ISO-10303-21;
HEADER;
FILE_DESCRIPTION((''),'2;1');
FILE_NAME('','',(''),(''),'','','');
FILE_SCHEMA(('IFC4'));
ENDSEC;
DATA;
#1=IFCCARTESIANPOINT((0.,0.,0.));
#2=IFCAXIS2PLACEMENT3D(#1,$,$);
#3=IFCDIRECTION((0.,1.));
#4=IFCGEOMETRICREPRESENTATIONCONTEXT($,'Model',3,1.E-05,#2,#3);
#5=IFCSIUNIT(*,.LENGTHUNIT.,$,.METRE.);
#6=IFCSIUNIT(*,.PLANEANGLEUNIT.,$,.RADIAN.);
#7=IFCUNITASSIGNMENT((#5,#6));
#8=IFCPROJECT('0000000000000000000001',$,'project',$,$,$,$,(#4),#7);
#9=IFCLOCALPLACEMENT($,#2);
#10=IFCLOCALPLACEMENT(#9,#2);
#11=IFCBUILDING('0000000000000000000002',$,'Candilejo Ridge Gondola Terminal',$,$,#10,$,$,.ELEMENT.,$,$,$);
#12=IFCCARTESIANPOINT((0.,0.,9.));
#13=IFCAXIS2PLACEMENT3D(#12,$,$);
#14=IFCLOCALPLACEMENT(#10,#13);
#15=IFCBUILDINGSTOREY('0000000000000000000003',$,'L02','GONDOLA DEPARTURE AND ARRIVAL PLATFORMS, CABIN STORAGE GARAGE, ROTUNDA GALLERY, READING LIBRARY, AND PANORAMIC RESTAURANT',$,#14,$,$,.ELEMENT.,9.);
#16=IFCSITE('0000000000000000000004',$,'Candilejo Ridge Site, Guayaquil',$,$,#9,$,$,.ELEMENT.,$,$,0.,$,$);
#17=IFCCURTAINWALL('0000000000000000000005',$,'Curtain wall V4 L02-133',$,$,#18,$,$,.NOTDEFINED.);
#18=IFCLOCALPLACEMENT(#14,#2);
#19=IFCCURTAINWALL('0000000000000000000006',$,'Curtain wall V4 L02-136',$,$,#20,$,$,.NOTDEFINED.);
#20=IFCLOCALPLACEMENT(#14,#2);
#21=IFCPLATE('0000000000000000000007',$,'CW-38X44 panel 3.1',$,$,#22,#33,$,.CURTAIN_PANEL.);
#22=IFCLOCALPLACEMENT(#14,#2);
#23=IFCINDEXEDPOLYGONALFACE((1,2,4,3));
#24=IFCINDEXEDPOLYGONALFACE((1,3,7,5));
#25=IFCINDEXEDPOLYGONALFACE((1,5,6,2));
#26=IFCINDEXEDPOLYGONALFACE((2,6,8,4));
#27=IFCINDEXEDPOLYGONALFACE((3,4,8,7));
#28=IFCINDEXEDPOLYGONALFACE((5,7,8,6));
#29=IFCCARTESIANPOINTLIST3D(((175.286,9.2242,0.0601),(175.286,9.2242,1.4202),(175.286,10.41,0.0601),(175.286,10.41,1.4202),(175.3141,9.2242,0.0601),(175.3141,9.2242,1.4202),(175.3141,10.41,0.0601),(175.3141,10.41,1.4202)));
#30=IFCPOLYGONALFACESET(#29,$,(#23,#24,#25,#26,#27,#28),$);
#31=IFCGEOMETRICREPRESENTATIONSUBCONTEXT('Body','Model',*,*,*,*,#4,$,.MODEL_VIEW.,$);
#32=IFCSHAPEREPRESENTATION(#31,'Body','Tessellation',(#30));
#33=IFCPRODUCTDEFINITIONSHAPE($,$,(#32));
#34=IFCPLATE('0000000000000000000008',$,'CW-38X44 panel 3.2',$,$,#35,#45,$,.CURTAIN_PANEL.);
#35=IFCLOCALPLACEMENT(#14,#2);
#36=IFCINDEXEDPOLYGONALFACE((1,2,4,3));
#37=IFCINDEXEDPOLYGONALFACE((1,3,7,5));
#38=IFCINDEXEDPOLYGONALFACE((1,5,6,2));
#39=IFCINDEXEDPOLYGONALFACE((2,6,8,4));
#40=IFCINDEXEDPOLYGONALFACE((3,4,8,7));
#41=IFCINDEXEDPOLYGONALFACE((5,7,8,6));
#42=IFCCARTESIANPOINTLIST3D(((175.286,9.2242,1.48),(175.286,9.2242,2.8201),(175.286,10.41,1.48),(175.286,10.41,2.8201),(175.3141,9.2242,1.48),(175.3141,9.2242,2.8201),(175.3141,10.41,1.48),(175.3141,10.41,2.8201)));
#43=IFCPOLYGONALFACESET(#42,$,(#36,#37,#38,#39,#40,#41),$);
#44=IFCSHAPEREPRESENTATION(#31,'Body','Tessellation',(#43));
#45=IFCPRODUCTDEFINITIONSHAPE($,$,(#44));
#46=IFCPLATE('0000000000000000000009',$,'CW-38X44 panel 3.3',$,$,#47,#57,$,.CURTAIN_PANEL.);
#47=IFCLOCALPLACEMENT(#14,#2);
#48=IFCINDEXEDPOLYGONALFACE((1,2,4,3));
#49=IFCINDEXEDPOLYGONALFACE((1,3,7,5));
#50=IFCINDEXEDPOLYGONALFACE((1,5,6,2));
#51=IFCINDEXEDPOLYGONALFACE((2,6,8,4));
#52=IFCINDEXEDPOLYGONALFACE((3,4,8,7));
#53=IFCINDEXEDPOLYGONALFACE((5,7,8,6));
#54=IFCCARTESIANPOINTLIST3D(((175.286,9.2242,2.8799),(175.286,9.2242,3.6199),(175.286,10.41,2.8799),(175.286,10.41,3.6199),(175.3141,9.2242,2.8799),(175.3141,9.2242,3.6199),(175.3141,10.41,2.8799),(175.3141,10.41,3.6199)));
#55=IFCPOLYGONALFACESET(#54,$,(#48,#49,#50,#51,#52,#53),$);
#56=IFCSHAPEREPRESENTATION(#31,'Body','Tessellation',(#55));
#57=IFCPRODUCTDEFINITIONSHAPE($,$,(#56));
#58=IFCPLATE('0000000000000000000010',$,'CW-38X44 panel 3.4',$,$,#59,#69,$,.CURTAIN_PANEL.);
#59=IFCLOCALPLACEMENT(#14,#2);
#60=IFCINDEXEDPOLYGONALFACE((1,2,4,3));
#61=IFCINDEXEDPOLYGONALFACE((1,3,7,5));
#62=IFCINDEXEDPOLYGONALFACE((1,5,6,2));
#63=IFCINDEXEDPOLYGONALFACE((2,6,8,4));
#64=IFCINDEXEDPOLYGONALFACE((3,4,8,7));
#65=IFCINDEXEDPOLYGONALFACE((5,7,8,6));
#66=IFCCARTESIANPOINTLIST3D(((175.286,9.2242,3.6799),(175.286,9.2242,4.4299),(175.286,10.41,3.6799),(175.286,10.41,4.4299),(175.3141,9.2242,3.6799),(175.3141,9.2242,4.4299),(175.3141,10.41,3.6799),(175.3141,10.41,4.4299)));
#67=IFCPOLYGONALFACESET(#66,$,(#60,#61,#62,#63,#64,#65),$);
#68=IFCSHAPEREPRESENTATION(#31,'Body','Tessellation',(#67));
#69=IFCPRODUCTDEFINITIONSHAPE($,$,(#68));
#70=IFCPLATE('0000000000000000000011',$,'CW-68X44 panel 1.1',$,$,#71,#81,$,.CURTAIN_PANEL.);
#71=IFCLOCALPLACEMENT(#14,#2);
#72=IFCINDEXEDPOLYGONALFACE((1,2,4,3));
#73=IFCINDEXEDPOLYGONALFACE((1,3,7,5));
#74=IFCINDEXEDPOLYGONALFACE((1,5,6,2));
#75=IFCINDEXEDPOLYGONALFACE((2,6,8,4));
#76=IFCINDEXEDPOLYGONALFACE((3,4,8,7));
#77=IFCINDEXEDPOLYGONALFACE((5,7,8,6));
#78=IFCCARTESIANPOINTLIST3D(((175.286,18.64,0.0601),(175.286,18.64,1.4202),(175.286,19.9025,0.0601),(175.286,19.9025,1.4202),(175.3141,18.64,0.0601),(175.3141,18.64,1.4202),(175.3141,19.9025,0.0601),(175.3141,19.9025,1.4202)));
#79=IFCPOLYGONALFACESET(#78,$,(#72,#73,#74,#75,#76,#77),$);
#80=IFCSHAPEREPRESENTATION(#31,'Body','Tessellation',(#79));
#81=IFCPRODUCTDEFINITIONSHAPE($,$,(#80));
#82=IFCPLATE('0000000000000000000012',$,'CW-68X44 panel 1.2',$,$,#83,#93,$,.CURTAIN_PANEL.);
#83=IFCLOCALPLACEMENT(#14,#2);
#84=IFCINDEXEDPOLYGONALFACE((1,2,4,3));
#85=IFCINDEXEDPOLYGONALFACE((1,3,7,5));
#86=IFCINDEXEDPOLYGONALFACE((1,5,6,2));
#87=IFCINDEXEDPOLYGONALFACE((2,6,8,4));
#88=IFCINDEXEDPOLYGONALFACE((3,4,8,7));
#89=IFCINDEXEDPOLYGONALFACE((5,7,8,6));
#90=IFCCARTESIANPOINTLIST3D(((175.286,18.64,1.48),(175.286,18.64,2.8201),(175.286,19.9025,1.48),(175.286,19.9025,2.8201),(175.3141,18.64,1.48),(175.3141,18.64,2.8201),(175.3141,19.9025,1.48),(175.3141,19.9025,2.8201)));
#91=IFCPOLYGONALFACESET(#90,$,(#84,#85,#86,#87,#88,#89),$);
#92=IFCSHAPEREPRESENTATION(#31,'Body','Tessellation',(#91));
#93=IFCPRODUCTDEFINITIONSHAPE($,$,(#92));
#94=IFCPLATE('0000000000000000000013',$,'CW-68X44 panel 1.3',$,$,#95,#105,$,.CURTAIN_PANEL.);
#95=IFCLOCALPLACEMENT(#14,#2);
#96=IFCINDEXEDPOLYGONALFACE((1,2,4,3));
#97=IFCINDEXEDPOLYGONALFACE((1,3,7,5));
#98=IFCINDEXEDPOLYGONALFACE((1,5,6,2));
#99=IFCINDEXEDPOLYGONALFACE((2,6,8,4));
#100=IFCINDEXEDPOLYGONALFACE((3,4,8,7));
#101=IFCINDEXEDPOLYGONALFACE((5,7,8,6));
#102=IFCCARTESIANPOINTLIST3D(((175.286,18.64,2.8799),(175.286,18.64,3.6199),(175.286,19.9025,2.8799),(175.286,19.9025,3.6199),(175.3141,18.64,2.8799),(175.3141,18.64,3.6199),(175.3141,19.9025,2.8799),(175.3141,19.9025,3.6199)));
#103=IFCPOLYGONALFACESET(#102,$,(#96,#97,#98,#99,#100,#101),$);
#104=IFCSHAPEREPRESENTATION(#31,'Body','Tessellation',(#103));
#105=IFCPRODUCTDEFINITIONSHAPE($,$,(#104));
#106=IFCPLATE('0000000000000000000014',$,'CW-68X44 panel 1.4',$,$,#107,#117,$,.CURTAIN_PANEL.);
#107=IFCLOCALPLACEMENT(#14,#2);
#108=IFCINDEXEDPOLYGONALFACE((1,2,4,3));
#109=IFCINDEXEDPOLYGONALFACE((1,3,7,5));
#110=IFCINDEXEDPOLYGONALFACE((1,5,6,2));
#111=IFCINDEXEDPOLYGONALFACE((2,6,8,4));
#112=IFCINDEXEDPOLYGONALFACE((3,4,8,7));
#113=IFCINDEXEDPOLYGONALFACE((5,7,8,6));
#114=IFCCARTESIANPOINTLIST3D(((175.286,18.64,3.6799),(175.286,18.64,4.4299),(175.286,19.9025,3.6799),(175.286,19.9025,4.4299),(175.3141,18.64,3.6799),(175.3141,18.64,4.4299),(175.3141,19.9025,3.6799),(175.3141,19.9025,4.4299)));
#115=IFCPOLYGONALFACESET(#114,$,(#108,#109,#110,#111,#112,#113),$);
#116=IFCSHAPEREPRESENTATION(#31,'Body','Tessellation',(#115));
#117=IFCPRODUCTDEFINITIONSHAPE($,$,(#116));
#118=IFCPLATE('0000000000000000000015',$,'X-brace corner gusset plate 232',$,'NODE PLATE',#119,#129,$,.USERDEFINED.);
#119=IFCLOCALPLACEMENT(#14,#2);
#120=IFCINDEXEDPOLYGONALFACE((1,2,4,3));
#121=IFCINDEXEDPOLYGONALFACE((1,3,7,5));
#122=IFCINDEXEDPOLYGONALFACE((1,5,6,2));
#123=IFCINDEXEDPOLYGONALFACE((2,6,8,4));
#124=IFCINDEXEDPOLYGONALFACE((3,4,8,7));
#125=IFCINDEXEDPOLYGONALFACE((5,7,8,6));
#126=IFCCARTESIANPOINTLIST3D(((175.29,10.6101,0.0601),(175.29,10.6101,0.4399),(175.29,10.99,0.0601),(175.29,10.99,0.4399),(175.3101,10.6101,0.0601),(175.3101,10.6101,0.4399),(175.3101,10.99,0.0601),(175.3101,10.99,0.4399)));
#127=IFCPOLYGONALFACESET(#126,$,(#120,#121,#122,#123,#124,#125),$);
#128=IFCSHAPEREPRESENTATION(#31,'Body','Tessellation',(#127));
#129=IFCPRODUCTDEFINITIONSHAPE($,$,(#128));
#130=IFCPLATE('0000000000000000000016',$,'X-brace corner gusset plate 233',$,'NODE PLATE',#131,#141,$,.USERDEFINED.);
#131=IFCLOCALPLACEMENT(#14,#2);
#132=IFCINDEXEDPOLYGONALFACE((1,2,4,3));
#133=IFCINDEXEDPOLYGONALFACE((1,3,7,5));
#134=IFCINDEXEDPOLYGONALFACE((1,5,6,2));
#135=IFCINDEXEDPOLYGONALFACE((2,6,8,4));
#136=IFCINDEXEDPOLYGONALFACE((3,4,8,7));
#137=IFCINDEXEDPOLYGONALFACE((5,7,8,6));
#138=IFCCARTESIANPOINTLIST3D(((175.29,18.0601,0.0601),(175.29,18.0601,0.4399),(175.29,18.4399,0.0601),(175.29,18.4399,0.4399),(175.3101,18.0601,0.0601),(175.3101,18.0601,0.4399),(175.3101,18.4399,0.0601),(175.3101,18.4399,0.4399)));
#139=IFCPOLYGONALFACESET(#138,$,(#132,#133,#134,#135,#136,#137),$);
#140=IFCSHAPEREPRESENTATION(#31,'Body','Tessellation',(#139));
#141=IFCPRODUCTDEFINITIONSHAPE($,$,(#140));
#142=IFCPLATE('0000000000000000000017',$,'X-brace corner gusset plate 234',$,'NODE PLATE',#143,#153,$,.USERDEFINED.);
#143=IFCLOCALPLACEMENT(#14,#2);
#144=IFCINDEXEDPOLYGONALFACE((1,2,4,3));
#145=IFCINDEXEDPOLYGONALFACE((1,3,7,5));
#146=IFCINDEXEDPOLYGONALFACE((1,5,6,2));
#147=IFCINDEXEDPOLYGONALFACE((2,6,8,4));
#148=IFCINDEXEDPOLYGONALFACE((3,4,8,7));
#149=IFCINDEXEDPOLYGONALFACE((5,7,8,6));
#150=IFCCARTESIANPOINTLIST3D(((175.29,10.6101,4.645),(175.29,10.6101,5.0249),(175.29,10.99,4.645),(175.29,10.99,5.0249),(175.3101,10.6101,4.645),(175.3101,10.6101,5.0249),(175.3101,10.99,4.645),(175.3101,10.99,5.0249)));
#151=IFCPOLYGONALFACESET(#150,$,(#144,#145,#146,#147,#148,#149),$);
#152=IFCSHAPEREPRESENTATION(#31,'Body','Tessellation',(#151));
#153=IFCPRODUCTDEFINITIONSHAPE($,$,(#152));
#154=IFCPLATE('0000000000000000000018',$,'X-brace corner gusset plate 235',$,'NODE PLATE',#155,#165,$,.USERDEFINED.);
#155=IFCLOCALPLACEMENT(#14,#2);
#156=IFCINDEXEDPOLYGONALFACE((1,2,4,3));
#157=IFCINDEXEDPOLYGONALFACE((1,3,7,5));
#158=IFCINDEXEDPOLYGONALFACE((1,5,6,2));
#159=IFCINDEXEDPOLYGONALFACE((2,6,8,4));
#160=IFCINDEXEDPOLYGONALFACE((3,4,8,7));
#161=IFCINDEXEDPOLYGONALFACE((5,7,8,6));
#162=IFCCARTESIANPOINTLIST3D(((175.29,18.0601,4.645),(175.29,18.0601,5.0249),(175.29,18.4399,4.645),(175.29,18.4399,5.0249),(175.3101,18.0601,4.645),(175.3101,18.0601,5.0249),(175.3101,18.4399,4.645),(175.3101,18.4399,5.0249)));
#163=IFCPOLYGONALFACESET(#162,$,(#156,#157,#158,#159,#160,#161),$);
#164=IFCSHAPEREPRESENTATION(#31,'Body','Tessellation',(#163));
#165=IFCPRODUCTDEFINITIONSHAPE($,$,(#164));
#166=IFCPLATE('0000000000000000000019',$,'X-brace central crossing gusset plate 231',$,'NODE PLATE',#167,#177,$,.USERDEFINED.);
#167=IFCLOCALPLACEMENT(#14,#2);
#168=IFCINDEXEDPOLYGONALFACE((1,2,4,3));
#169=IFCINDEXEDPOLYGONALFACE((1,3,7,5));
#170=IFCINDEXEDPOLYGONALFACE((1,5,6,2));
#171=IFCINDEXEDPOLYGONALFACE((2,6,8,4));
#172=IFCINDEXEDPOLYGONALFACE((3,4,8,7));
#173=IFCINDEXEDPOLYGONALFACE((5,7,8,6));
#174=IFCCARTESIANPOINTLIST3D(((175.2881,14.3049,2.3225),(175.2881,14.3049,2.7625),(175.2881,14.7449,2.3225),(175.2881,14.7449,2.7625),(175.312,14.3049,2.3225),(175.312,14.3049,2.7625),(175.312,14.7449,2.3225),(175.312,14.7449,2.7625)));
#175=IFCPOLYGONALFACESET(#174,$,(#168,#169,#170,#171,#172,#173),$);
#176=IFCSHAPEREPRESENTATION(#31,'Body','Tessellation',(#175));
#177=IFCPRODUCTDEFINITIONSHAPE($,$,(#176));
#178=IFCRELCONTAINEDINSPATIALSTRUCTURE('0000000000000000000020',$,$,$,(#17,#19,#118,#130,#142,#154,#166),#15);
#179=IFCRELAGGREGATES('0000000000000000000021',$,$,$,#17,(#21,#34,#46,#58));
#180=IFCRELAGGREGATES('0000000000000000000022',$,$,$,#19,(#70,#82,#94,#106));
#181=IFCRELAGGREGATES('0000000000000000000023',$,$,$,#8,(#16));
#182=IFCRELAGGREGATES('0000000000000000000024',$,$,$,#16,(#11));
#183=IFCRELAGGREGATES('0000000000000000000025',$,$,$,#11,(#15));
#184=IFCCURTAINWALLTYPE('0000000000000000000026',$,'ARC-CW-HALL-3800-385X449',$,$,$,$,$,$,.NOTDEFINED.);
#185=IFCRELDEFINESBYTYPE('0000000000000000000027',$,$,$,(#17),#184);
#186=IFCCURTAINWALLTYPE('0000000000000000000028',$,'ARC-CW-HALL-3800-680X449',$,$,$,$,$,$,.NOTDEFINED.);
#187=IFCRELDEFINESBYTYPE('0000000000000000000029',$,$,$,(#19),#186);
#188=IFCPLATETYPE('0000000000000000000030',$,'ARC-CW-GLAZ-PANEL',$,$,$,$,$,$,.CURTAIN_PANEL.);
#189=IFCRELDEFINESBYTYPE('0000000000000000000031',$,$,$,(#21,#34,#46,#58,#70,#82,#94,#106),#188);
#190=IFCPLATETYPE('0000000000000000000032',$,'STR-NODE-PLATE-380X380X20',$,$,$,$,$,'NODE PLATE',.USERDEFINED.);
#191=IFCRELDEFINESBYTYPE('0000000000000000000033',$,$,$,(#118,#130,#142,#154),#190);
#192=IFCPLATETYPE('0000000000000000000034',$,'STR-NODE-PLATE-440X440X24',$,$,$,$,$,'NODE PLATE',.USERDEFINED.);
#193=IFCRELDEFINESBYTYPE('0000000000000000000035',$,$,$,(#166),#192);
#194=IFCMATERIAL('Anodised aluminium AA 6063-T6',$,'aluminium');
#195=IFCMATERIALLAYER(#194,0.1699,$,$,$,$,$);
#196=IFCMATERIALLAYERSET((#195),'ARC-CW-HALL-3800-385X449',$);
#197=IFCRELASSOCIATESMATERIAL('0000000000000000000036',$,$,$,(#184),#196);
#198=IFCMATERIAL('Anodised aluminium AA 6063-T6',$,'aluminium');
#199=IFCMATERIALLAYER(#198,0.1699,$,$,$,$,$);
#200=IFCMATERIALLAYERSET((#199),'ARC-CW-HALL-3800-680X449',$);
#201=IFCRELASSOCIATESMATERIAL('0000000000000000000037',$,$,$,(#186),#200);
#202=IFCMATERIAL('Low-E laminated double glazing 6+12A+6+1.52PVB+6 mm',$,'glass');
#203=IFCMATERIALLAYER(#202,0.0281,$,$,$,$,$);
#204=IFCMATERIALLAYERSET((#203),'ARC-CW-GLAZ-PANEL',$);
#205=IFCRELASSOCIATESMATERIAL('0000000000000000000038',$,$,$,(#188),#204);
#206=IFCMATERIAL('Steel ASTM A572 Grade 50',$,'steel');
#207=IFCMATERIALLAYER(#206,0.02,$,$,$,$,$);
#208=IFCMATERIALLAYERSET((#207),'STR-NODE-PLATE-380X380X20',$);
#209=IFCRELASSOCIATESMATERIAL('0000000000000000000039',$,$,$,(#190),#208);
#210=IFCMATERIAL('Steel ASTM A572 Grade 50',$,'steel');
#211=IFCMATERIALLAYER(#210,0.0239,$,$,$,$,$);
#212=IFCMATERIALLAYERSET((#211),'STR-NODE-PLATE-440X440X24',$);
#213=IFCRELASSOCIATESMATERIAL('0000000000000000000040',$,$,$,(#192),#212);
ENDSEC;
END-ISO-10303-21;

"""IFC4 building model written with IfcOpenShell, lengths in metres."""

from ifc_helpers import new_model, si_unit, direction, frame, origin, origin_2d, place, context, subcontext, project, spatial, rectangle, extrude, material, layer, layer_set, type_object, element, aggregate, save


model = new_model("IFC4")

# Units and contexts
model_context = context("Model", 3, precision=1e-05, world=origin(), true_north=direction((0.0, 1.0)))
body_context = subcontext(model_context, "Body", "Model", "MODEL_VIEW")
ifc_project = project(units=[si_unit("LENGTHUNIT", "METRE"), si_unit("PLANEANGLEUNIT", "RADIAN")], contexts=[model_context])

# Site, building, storey
site_placement = place(None, origin())
site = spatial("IfcSite", under=ifc_project, at=site_placement, Name="Candilejo Ridge Site, Guayaquil", CompositionType="ELEMENT", RefElevation=0.0)
building_placement = place(site_placement, origin())
building = spatial("IfcBuilding", under=site, at=building_placement, Name="Candilejo Ridge Gondola Terminal", CompositionType="ELEMENT")
storey_placement = place(building_placement, frame((0.0, 0.0, 9.0)))
storey = spatial("IfcBuildingStorey", under=building, at=storey_placement, Name="L02", Description="GONDOLA DEPARTURE AND ARRIVAL PLATFORMS, CABIN STORAGE GARAGE, ROTUNDA GALLERY, READING LIBRARY, AND PANORAMIC RESTAURANT", CompositionType="ELEMENT", Elevation=9.0)

# Curtain wall
ifc_material_1 = material(Name="Anodised aluminium AA 6063-T6", Category="aluminium")
ifc_layer_1 = layer(ifc_material_1, 0.1699)
ifc_layer_set_1 = layer_set([ifc_layer_1], Name="ARC-CW-HALL-3800-385X449")
curtain_wall_type_1 = type_object("IfcCurtainWallType", Name="ARC-CW-HALL-3800-385X449", PredefinedType="NOTDEFINED", material=ifc_layer_set_1)
curtain_wall_1_placement = place(storey_placement, origin())
curtain_wall_1 = element("IfcCurtainWall", 1, at=curtain_wall_1_placement, inside=storey, type_object=curtain_wall_type_1, Name="Curtain wall V4 L02-133", PredefinedType="NOTDEFINED")

# Curtain wall
ifc_material_2 = material(Name="Anodised aluminium AA 6063-T6", Category="aluminium")
ifc_layer_2 = layer(ifc_material_2, 0.1699)
ifc_layer_set_2 = layer_set([ifc_layer_2], Name="ARC-CW-HALL-3800-680X449")
curtain_wall_type_2 = type_object("IfcCurtainWallType", Name="ARC-CW-HALL-3800-680X449", PredefinedType="NOTDEFINED", material=ifc_layer_set_2)
curtain_wall_2_placement = place(storey_placement, origin())
curtain_wall_2 = element("IfcCurtainWall", 2, at=curtain_wall_2_placement, inside=storey, type_object=curtain_wall_type_2, Name="Curtain wall V4 L02-136", PredefinedType="NOTDEFINED")

# Plates
ifc_material_3 = material(Name="Low-E laminated double glazing 6+12A+6+1.52PVB+6 mm", Category="glass")
ifc_layer_3 = layer(ifc_material_3, 0.0281)
ifc_layer_set_3 = layer_set([ifc_layer_3], Name="ARC-CW-GLAZ-PANEL")
plate_type_1 = type_object("IfcPlateType", Name="ARC-CW-GLAZ-PANEL", PredefinedType="CURTAIN_PANEL", material=ifc_layer_set_3)
plate_1_placement = place(storey_placement, frame((175.3, 9.8171, 0.0601), z_axis=(0.0, 0.0, 1.0), x_axis=(0.0, 1.0, 0.0)))
plate_1 = element("IfcPlate", 3, at=plate_1_placement, type_object=plate_type_1, Name="CW-38X44 panel 3.1", PredefinedType="CURTAIN_PANEL", context=body_context, shape_type="SweptSolid", body=[
    extrude(rectangle(XDim=1.1858, YDim=0.0281, at=origin_2d()), origin(), (0.0, 0.0, 1.0), 1.3601),
])
plate_2_placement = place(storey_placement, frame((175.3, 9.8171, 1.48), z_axis=(0.0, 0.0, 1.0), x_axis=(0.0, 1.0, 0.0)))
plate_2 = element("IfcPlate", 4, at=plate_2_placement, type_object=plate_type_1, Name="CW-38X44 panel 3.2", PredefinedType="CURTAIN_PANEL", context=body_context, shape_type="SweptSolid", body=[
    extrude(rectangle(XDim=1.1858, YDim=0.0281, at=origin_2d()), origin(), (0.0, 0.0, 1.0), 1.3401),
])
plate_3_placement = place(storey_placement, frame((175.3, 9.8171, 2.8799), z_axis=(0.0, 0.0, 1.0), x_axis=(0.0, 1.0, 0.0)))
plate_3 = element("IfcPlate", 5, at=plate_3_placement, type_object=plate_type_1, Name="CW-38X44 panel 3.3", PredefinedType="CURTAIN_PANEL", context=body_context, shape_type="SweptSolid", body=[
    extrude(rectangle(XDim=1.1858, YDim=0.0281, at=origin_2d()), origin(), (0.0, 0.0, 1.0), 0.74),
])
plate_4_placement = place(storey_placement, frame((175.3, 9.8171, 3.6799), z_axis=(0.0, 0.0, 1.0), x_axis=(0.0, 1.0, 0.0)))
plate_4 = element("IfcPlate", 6, at=plate_4_placement, type_object=plate_type_1, Name="CW-38X44 panel 3.4", PredefinedType="CURTAIN_PANEL", context=body_context, shape_type="SweptSolid", body=[
    extrude(rectangle(XDim=1.1858, YDim=0.0281, at=origin_2d()), origin(), (0.0, 0.0, 1.0), 0.75),
])
aggregate(curtain_wall_1, [plate_1, plate_2, plate_3, plate_4])
plate_5_placement = place(storey_placement, frame((175.3, 19.2712, 0.0601), z_axis=(0.0, 0.0, 1.0), x_axis=(0.0, 1.0, 0.0)))
plate_5 = element("IfcPlate", 7, at=plate_5_placement, type_object=plate_type_1, Name="CW-68X44 panel 1.1", PredefinedType="CURTAIN_PANEL", context=body_context, shape_type="SweptSolid", body=[
    extrude(rectangle(XDim=1.2625, YDim=0.0281, at=origin_2d()), origin(), (0.0, 0.0, 1.0), 1.3601),
])
plate_6_placement = place(storey_placement, frame((175.3, 19.2712, 1.48), z_axis=(0.0, 0.0, 1.0), x_axis=(0.0, 1.0, 0.0)))
plate_6 = element("IfcPlate", 8, at=plate_6_placement, type_object=plate_type_1, Name="CW-68X44 panel 1.2", PredefinedType="CURTAIN_PANEL", context=body_context, shape_type="SweptSolid", body=[
    extrude(rectangle(XDim=1.2625, YDim=0.0281, at=origin_2d()), origin(), (0.0, 0.0, 1.0), 1.3401),
])
plate_7_placement = place(storey_placement, frame((175.3, 19.2712, 2.8799), z_axis=(0.0, 0.0, 1.0), x_axis=(0.0, 1.0, 0.0)))
plate_7 = element("IfcPlate", 9, at=plate_7_placement, type_object=plate_type_1, Name="CW-68X44 panel 1.3", PredefinedType="CURTAIN_PANEL", context=body_context, shape_type="SweptSolid", body=[
    extrude(rectangle(XDim=1.2625, YDim=0.0281, at=origin_2d()), origin(), (0.0, 0.0, 1.0), 0.74),
])
plate_8_placement = place(storey_placement, frame((175.3, 19.2712, 3.6799), z_axis=(0.0, 0.0, 1.0), x_axis=(0.0, 1.0, 0.0)))
plate_8 = element("IfcPlate", 10, at=plate_8_placement, type_object=plate_type_1, Name="CW-68X44 panel 1.4", PredefinedType="CURTAIN_PANEL", context=body_context, shape_type="SweptSolid", body=[
    extrude(rectangle(XDim=1.2625, YDim=0.0281, at=origin_2d()), origin(), (0.0, 0.0, 1.0), 0.75),
])
aggregate(curtain_wall_2, [plate_5, plate_6, plate_7, plate_8])

# Plates
ifc_material_4 = material(Name="Steel ASTM A572 Grade 50", Category="steel")
ifc_layer_4 = layer(ifc_material_4, 0.02)
ifc_layer_set_4 = layer_set([ifc_layer_4], Name="STR-NODE-PLATE-380X380X20")
plate_type_2 = type_object("IfcPlateType", Name="STR-NODE-PLATE-380X380X20", ElementType="NODE PLATE", PredefinedType="USERDEFINED", material=ifc_layer_set_4)
for number, where, z_axis, x_axis, name in (
    (11, (175.3, 10.8, 0.0601), (0.0, 0.0, 1.0), (1.0, 0.0, 0.0), "X-brace corner gusset plate 232"),
    (12, (175.3, 18.25, 0.0601), (0.0, 0.0, 1.0), (1.0, 0.0, 0.0), "X-brace corner gusset plate 233"),
    (13, (175.3, 10.8, 4.645), (0.0, 0.0, 1.0), (1.0, 0.0, 0.0), "X-brace corner gusset plate 234"),
    (14, (175.3, 18.25, 4.645), (0.0, 0.0, 1.0), (1.0, 0.0, 0.0), "X-brace corner gusset plate 235"),
):
    element("IfcPlate", number, at=place(storey_placement, frame(where, z_axis=z_axis, x_axis=x_axis)), inside=storey, type_object=plate_type_2, Name=name, ObjectType="NODE PLATE", PredefinedType="USERDEFINED", context=body_context, shape_type="SweptSolid", body=[
        extrude(rectangle(XDim=0.02, YDim=0.3799, at=origin_2d()), origin(), (0.0, 0.0, 1.0), 0.3799),
    ])
ifc_material_5 = material(Name="Steel ASTM A572 Grade 50", Category="steel")
ifc_layer_5 = layer(ifc_material_5, 0.0239)
ifc_layer_set_5 = layer_set([ifc_layer_5], Name="STR-NODE-PLATE-440X440X24")
plate_type_3 = type_object("IfcPlateType", Name="STR-NODE-PLATE-440X440X24", ElementType="NODE PLATE", PredefinedType="USERDEFINED", material=ifc_layer_set_5)
plate_9_placement = place(storey_placement, frame((175.3, 14.5249, 2.3225), z_axis=(0.0, 0.0, 1.0), x_axis=(1.0, 0.0, 0.0)))
element("IfcPlate", 15, at=plate_9_placement, inside=storey, type_object=plate_type_3, Name="X-brace central crossing gusset plate 231", ObjectType="NODE PLATE", PredefinedType="USERDEFINED", context=body_context, shape_type="SweptSolid", body=[
    extrude(rectangle(XDim=0.0239, YDim=0.4399, at=origin_2d()), origin(), (0.0, 0.0, 1.0), 0.4399),
])

save(model, "model.ifc")
